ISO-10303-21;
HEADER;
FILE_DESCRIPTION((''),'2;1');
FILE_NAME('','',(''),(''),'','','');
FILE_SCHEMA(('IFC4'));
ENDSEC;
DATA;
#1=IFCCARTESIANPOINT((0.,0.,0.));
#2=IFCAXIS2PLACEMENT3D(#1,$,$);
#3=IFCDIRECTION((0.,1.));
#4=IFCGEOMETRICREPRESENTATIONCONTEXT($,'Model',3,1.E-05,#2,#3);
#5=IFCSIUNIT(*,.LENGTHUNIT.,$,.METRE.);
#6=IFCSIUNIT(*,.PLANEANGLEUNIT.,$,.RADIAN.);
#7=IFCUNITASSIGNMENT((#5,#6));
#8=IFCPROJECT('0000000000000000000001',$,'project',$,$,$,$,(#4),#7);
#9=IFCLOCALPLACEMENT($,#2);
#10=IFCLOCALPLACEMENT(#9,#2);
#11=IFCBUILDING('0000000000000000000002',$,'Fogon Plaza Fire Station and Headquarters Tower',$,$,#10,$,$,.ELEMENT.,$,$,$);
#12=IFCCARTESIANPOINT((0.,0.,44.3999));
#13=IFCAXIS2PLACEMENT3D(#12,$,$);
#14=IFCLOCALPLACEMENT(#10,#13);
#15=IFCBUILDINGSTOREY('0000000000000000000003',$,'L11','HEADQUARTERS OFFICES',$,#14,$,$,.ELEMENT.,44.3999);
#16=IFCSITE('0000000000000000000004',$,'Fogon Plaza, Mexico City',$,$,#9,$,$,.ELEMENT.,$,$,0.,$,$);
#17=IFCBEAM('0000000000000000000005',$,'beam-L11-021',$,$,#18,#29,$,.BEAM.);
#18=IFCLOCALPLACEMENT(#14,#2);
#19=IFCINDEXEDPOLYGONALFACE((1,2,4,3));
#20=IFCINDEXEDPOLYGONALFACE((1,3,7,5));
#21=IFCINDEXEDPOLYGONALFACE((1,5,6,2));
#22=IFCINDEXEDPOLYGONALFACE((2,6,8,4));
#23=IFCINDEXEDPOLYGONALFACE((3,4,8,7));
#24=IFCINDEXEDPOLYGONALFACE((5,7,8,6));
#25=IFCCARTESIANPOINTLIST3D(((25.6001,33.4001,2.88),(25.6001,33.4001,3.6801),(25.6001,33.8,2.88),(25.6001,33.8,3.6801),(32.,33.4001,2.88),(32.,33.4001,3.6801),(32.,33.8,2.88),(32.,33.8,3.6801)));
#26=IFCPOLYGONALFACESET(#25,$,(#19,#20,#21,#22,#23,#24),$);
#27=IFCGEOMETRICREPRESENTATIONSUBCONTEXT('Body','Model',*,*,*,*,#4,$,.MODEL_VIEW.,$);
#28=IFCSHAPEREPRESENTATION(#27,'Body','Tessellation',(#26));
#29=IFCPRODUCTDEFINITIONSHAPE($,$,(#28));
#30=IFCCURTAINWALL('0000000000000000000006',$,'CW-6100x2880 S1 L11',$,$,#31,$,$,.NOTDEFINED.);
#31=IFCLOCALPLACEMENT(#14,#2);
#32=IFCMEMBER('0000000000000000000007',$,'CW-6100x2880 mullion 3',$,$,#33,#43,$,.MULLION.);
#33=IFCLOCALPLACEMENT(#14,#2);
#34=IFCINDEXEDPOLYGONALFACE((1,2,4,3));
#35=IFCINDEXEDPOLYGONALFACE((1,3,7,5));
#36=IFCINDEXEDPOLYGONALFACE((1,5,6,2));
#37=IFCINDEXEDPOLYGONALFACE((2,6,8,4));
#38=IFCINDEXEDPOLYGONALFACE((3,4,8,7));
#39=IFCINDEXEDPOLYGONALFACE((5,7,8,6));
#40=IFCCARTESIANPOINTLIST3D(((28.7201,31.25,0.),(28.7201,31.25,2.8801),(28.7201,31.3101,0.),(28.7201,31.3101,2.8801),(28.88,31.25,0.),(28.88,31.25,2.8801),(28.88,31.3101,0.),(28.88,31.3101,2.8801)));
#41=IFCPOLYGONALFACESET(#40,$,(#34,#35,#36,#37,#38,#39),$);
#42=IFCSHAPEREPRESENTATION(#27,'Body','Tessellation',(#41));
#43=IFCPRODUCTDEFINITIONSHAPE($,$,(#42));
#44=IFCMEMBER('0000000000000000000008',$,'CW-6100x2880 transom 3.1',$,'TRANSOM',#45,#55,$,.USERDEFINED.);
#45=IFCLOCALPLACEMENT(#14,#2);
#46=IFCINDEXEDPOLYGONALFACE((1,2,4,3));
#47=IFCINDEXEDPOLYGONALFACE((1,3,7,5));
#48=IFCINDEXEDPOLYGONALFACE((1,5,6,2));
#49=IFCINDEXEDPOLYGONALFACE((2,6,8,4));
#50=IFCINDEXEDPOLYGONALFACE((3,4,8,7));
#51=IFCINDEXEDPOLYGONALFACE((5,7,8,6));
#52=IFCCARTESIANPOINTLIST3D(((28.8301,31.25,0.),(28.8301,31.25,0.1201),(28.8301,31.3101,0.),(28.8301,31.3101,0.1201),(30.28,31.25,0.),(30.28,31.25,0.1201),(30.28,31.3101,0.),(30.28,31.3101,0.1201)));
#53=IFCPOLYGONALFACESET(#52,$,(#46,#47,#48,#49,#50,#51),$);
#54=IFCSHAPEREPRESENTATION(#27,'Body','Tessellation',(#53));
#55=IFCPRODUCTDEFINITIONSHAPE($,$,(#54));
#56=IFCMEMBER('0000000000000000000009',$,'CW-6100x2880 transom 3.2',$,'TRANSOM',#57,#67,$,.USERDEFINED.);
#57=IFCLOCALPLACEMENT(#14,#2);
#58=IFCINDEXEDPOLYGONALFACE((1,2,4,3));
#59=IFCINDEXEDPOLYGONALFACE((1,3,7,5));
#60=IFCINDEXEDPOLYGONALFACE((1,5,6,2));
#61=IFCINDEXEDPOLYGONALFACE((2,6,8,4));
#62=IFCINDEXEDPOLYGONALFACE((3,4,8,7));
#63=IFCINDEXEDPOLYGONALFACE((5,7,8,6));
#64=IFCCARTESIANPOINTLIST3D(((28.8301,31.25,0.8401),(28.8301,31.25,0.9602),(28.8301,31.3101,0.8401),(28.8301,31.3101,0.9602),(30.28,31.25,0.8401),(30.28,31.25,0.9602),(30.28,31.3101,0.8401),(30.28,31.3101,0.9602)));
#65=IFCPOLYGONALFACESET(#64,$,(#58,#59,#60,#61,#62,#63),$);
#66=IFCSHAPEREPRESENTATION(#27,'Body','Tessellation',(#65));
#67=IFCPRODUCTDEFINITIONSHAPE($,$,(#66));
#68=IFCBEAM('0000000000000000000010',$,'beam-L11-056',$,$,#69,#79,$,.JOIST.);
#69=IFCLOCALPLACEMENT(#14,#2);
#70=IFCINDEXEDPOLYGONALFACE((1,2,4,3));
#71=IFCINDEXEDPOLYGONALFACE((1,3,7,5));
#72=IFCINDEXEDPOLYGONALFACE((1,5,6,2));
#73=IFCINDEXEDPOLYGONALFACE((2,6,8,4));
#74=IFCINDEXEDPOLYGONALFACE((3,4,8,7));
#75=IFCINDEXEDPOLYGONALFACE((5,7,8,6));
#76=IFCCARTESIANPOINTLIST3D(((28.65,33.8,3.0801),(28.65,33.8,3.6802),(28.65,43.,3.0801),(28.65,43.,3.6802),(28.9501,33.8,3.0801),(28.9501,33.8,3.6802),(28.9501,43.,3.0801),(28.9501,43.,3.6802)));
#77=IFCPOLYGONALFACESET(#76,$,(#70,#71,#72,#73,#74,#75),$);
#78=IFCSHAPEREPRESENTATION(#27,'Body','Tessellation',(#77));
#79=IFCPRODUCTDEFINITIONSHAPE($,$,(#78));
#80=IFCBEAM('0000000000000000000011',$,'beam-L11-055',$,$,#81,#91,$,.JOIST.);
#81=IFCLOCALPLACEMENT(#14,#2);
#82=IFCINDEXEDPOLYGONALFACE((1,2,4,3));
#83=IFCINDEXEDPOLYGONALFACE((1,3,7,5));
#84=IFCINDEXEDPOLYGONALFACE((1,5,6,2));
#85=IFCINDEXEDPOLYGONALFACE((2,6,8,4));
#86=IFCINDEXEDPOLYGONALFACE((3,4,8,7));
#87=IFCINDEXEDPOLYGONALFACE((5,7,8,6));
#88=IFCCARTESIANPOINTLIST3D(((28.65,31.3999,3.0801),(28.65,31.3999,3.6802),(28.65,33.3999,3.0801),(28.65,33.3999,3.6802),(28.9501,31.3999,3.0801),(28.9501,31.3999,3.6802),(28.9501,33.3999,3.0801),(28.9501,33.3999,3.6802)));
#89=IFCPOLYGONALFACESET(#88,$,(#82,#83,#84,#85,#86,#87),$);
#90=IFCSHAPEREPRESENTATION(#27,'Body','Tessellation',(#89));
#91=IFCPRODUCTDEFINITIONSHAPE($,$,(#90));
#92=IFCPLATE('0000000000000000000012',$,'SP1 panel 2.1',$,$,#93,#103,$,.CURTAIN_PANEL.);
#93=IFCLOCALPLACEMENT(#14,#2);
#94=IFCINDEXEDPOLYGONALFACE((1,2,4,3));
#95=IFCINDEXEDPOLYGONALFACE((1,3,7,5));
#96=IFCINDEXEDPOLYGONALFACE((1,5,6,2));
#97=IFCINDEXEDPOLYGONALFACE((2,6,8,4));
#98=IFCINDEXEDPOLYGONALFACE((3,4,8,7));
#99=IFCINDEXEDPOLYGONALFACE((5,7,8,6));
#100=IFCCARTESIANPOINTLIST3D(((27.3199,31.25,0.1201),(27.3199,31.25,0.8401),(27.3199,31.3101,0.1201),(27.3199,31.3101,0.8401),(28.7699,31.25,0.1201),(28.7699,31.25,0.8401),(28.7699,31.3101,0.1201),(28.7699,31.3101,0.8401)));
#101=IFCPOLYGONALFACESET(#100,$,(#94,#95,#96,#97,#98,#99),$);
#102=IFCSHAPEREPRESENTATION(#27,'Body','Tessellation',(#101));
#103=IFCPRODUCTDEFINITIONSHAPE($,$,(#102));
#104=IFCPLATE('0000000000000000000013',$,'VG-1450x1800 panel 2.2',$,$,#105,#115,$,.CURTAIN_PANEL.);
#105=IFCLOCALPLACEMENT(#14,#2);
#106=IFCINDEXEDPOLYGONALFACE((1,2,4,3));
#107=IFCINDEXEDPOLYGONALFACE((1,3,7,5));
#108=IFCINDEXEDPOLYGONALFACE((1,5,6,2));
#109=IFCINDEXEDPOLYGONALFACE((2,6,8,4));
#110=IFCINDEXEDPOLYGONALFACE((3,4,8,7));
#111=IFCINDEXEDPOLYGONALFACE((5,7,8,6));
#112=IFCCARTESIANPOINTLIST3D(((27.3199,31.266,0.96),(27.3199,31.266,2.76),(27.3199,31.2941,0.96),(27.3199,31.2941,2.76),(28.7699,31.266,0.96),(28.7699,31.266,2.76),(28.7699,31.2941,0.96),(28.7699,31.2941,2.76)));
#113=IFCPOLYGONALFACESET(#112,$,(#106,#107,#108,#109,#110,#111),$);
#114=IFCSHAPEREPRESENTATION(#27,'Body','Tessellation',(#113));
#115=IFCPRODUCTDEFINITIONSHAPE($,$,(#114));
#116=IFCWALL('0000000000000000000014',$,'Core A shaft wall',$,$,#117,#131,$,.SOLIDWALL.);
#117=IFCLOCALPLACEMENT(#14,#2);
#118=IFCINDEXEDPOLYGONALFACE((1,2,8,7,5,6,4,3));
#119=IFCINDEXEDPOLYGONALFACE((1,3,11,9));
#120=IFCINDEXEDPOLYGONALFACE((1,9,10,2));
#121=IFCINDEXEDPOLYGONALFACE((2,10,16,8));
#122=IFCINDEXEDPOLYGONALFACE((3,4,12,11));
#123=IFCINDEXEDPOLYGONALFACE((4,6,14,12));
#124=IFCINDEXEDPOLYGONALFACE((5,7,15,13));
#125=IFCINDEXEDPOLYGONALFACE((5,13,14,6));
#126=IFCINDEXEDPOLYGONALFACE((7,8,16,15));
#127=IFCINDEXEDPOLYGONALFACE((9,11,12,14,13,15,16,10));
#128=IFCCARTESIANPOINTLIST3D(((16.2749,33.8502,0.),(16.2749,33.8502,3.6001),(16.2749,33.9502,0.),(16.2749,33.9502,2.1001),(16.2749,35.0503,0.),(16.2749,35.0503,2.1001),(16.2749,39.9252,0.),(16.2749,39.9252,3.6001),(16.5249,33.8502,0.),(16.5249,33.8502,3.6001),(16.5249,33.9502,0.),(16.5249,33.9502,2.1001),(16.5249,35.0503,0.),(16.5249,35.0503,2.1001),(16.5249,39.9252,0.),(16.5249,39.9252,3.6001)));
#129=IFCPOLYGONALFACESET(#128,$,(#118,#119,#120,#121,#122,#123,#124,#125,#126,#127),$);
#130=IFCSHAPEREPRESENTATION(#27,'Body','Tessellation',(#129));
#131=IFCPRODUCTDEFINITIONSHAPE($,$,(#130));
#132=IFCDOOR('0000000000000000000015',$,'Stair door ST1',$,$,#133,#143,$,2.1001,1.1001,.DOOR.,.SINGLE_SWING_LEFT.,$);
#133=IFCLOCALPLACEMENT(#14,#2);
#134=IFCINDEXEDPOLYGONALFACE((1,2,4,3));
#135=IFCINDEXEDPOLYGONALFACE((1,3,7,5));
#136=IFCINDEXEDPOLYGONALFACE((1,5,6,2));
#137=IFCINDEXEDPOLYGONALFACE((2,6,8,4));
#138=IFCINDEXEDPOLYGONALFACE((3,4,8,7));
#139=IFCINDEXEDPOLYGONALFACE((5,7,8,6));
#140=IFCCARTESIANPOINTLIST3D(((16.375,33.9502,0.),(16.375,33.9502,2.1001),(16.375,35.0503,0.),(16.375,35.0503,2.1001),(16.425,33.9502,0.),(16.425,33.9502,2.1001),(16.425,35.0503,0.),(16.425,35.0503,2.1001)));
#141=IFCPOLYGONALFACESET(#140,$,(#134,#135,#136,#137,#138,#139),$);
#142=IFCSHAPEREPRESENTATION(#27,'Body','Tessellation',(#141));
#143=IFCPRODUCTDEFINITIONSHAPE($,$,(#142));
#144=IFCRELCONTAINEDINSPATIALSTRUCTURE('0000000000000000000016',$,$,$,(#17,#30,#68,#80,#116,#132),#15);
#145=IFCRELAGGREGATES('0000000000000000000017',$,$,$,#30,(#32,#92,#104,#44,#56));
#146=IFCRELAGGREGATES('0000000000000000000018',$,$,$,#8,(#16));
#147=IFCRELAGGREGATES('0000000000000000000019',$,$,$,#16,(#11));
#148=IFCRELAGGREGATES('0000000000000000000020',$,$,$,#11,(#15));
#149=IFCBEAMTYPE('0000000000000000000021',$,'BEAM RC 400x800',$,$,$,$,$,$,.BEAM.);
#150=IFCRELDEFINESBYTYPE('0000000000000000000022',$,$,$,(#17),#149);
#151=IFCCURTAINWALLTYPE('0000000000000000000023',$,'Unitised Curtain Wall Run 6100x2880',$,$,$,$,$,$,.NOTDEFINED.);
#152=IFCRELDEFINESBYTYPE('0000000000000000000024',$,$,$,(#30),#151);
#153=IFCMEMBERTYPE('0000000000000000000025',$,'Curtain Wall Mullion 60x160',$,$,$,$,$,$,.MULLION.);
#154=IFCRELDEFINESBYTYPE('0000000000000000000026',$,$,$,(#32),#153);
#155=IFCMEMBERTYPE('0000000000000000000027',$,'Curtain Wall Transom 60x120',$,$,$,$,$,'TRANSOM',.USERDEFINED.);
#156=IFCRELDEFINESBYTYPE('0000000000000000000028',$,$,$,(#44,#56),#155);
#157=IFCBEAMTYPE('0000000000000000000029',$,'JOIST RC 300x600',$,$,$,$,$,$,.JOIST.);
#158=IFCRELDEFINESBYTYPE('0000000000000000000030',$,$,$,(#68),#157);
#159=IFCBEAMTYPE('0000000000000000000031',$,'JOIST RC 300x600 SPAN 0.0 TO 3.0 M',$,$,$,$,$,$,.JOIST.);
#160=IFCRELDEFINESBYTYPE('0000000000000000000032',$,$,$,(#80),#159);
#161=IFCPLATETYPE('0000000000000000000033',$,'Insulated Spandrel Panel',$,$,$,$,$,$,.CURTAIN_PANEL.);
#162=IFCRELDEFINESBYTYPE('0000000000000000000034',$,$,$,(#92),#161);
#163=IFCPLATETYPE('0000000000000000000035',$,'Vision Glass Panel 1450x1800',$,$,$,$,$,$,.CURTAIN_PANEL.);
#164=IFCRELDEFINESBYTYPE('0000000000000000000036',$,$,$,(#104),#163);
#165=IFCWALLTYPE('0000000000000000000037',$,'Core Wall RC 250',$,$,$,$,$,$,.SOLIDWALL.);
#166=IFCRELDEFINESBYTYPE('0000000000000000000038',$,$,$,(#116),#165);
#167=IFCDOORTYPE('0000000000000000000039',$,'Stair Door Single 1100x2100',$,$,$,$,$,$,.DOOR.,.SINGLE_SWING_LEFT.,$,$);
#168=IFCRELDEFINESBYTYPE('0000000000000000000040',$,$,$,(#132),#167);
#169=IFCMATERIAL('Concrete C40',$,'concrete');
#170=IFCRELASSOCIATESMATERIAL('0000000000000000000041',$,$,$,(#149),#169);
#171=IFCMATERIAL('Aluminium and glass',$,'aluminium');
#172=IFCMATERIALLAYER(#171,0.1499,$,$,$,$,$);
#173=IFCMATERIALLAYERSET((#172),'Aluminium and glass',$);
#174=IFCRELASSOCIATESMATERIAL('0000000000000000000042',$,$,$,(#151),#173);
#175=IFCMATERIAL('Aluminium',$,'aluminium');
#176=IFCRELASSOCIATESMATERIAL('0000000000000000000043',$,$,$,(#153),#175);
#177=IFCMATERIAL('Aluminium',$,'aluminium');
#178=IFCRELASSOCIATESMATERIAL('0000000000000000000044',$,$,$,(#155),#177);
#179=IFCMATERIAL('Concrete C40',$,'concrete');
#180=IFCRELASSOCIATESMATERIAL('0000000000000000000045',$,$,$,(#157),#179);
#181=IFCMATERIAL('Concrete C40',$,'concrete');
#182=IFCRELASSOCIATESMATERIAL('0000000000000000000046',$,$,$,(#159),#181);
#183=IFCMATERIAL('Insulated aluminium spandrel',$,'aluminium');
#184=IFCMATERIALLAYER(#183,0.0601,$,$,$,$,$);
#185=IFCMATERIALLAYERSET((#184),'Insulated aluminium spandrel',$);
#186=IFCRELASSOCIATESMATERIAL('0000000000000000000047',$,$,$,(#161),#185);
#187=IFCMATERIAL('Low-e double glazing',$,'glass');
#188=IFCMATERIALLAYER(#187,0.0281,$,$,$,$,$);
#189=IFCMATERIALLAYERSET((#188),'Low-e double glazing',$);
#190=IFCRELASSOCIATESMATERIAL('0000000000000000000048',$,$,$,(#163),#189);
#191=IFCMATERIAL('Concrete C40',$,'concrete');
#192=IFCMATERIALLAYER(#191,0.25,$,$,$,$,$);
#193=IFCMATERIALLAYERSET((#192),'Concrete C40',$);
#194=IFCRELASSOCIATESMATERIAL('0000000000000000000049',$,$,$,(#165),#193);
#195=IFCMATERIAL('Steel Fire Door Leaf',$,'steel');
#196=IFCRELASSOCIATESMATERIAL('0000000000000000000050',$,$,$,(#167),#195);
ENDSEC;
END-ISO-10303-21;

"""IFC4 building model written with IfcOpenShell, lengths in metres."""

from ifc_helpers import new_model, si_unit, direction, frame, frame_2d, origin, origin_2d, place, context, subcontext, project, spatial, rectangle, extrude, material, layer, layer_set, material_profile, profile_set, type_object, element, fill, aggregate, save


model = new_model("IFC4")

# Units and contexts
model_context = context("Model", 3, precision=1e-05, world=origin(), true_north=direction((0.0, 1.0)))
body_context = subcontext(model_context, "Body", "Model", "MODEL_VIEW")
ifc_project = project(units=[si_unit("LENGTHUNIT", "METRE"), si_unit("PLANEANGLEUNIT", "RADIAN")], contexts=[model_context])

# Site, building, storey
site_placement = place(None, origin())
site = spatial("IfcSite", under=ifc_project, at=site_placement, Name="Fogon Plaza, Mexico City", CompositionType="ELEMENT", RefElevation=0.0)
building_placement = place(site_placement, origin())
building = spatial("IfcBuilding", under=site, at=building_placement, Name="Fogon Plaza Fire Station and Headquarters Tower", CompositionType="ELEMENT")
storey_placement = place(building_placement, frame((0.0, 0.0, 44.3999)))
storey = spatial("IfcBuildingStorey", under=building, at=storey_placement, Name="L11", Description="HEADQUARTERS OFFICES", CompositionType="ELEMENT", Elevation=44.3999)

# Beam
ifc_material_1 = material(Name="Concrete C40", Category="concrete")
ifc_material_profile_1 = material_profile(ifc_material_1, rectangle(XDim=0.3999, YDim=0.8, at=origin_2d()), Name="RC 400x800")
ifc_profile_set_1 = profile_set([ifc_material_profile_1], Name="Concrete C40")
beam_type_1 = type_object("IfcBeamType", Name="BEAM RC 400x800", PredefinedType="BEAM", material=ifc_profile_set_1)
beam_1_placement = place(storey_placement, frame((25.6001, 33.6001, 3.28), z_axis=(1.0, 0.0, 0.0), x_axis=(0.0, 1.0, 0.0)))
element("IfcBeam", 1, at=beam_1_placement, inside=storey, type_object=beam_type_1, Name="beam-L11-021", PredefinedType="BEAM", context=body_context, shape_type="SweptSolid", body=[
    extrude(rectangle(XDim=0.3999, YDim=0.8, at=origin_2d()), origin(), (0.0, 0.0, 1.0), 6.3999),
])

# Curtain wall, members
ifc_material_2 = material(Name="Aluminium and glass", Category="aluminium")
ifc_layer_1 = layer(ifc_material_2, 0.1499)
ifc_layer_set_1 = layer_set([ifc_layer_1], Name="Aluminium and glass")
curtain_wall_type = type_object("IfcCurtainWallType", Name="Unitised Curtain Wall Run 6100x2880", PredefinedType="NOTDEFINED", material=ifc_layer_set_1)
curtain_wall_placement = place(storey_placement, origin())
curtain_wall = element("IfcCurtainWall", 2, at=curtain_wall_placement, inside=storey, type_object=curtain_wall_type, Name="CW-6100x2880 S1 L11", PredefinedType="NOTDEFINED")
ifc_material_3 = material(Name="Aluminium", Category="aluminium")
ifc_material_profile_2 = material_profile(ifc_material_3, rectangle(XDim=0.0601, YDim=0.1599, at=origin_2d()), Name="Curtain Wall Mullion 60x160")
ifc_profile_set_2 = profile_set([ifc_material_profile_2], Name="Aluminium")
member_type_1 = type_object("IfcMemberType", Name="Curtain Wall Mullion 60x160", PredefinedType="MULLION", material=ifc_profile_set_2)
member_1_placement = place(storey_placement, frame((28.8, 31.28, 0.0), z_axis=(0.0, 0.0, 1.0), x_axis=(0.0, 1.0, 0.0)))
member_1 = element("IfcMember", 3, at=member_1_placement, type_object=member_type_1, Name="CW-6100x2880 mullion 3", PredefinedType="MULLION", context=body_context, shape_type="SweptSolid", body=[
    extrude(rectangle(XDim=0.0601, YDim=0.1599, at=origin_2d()), origin(), (0.0, 0.0, 1.0), 2.8801),
])
ifc_material_4 = material(Name="Aluminium", Category="aluminium")
ifc_material_profile_3 = material_profile(ifc_material_4, rectangle(XDim=0.0601, YDim=0.1201, at=origin_2d()), Name="Curtain Wall Transom 60x120")
ifc_profile_set_3 = profile_set([ifc_material_profile_3], Name="Aluminium")
member_type_2 = type_object("IfcMemberType", Name="Curtain Wall Transom 60x120", ElementType="TRANSOM", PredefinedType="USERDEFINED", material=ifc_profile_set_3)
member_2_placement = place(storey_placement, frame((28.8301, 31.28, 0.0601), z_axis=(1.0, 0.0, 0.0), x_axis=(0.0, 1.0, 0.0)))
member_2 = element("IfcMember", 4, at=member_2_placement, type_object=member_type_2, Name="CW-6100x2880 transom 3.1", ObjectType="TRANSOM", PredefinedType="USERDEFINED", context=body_context, shape_type="SweptSolid", body=[
    extrude(rectangle(XDim=0.0601, YDim=0.1201, at=origin_2d()), origin(), (0.0, 0.0, 1.0), 1.45),
])
member_3_placement = place(storey_placement, frame((28.8301, 31.28, 0.9001), z_axis=(1.0, 0.0, 0.0), x_axis=(0.0, 1.0, 0.0)))
member_3 = element("IfcMember", 5, at=member_3_placement, type_object=member_type_2, Name="CW-6100x2880 transom 3.2", ObjectType="TRANSOM", PredefinedType="USERDEFINED", context=body_context, shape_type="SweptSolid", body=[
    extrude(rectangle(XDim=0.0601, YDim=0.1201, at=origin_2d()), origin(), (0.0, 0.0, 1.0), 1.45),
])

# Beams
ifc_material_5 = material(Name="Concrete C40", Category="concrete")
ifc_material_profile_4 = material_profile(ifc_material_5, rectangle(XDim=0.3, YDim=0.6001, at=origin_2d()), Name="RC 300x600")
ifc_profile_set_4 = profile_set([ifc_material_profile_4], Name="Concrete C40")
beam_type_2 = type_object("IfcBeamType", Name="JOIST RC 300x600", PredefinedType="JOIST", material=ifc_profile_set_4)
beam_2_placement = place(storey_placement, frame((28.8, 33.8, 3.3801), z_axis=(0.0, 1.0, 0.0), x_axis=(-1.0, 0.0, 0.0)))
element("IfcBeam", 6, at=beam_2_placement, inside=storey, type_object=beam_type_2, Name="beam-L11-056", PredefinedType="JOIST", context=body_context, shape_type="SweptSolid", body=[
    extrude(rectangle(XDim=0.3, YDim=0.6001, at=origin_2d()), origin(), (0.0, 0.0, 1.0), 9.2),
])
ifc_material_6 = material(Name="Concrete C40", Category="concrete")
ifc_material_profile_5 = material_profile(ifc_material_6, rectangle(XDim=0.3, YDim=0.6001, at=origin_2d()), Name="RC 300x600")
ifc_profile_set_5 = profile_set([ifc_material_profile_5], Name="Concrete C40")
beam_type_3 = type_object("IfcBeamType", Name="JOIST RC 300x600 SPAN 0.0 TO 3.0 M", PredefinedType="JOIST", material=ifc_profile_set_5)
beam_3_placement = place(storey_placement, frame((28.8, 31.3999, 3.3801), z_axis=(0.0, 1.0, 0.0), x_axis=(-1.0, 0.0, 0.0)))
element("IfcBeam", 7, at=beam_3_placement, inside=storey, type_object=beam_type_3, Name="beam-L11-055", PredefinedType="JOIST", context=body_context, shape_type="SweptSolid", body=[
    extrude(rectangle(XDim=0.3, YDim=0.6001, at=origin_2d()), origin(), (0.0, 0.0, 1.0), 2.0),
])

# Plates
ifc_material_7 = material(Name="Insulated aluminium spandrel", Category="aluminium")
ifc_layer_2 = layer(ifc_material_7, 0.0601)
ifc_layer_set_2 = layer_set([ifc_layer_2], Name="Insulated aluminium spandrel")
plate_type_1 = type_object("IfcPlateType", Name="Insulated Spandrel Panel", PredefinedType="CURTAIN_PANEL", material=ifc_layer_set_2)
plate_1_placement = place(storey_placement, frame((28.0449, 31.28, 0.1201), z_axis=(0.0, 0.0, 1.0), x_axis=(1.0, 0.0, 0.0)))
plate_1 = element("IfcPlate", 8, at=plate_1_placement, type_object=plate_type_1, Name="SP1 panel 2.1", PredefinedType="CURTAIN_PANEL", context=body_context, shape_type="SweptSolid", body=[
    extrude(rectangle(XDim=1.45, YDim=0.0601, at=origin_2d()), origin(), (0.0, 0.0, 1.0), 0.72),
])
ifc_material_8 = material(Name="Low-e double glazing", Category="glass")
ifc_layer_3 = layer(ifc_material_8, 0.0281)
ifc_layer_set_3 = layer_set([ifc_layer_3], Name="Low-e double glazing")
plate_type_2 = type_object("IfcPlateType", Name="Vision Glass Panel 1450x1800", PredefinedType="CURTAIN_PANEL", material=ifc_layer_set_3)
plate_2_placement = place(storey_placement, frame((28.0449, 31.28, 0.96), z_axis=(0.0, 0.0, 1.0), x_axis=(1.0, 0.0, 0.0)))
plate_2 = element("IfcPlate", 9, at=plate_2_placement, type_object=plate_type_2, Name="VG-1450x1800 panel 2.2", PredefinedType="CURTAIN_PANEL", context=body_context, shape_type="SweptSolid", body=[
    extrude(rectangle(XDim=1.45, YDim=0.0281, at=origin_2d()), origin(), (0.0, 0.0, 1.0), 1.8),
])
aggregate(curtain_wall, [member_1, plate_1, plate_2, member_2, member_3])

# Wall, opening, door
ifc_material_9 = material(Name="Concrete C40", Category="concrete")
ifc_layer_4 = layer(ifc_material_9, 0.25)
ifc_layer_set_4 = layer_set([ifc_layer_4], Name="Concrete C40")
wall_type_1 = type_object("IfcWallType", Name="Core Wall RC 250", PredefinedType="SOLIDWALL", material=ifc_layer_set_4)
wall_1_placement = place(storey_placement, frame((16.3999, 33.8501, 0.0), z_axis=(0.0, 0.0, 1.0), x_axis=(0.0, 1.0, 0.0)))
wall_1 = element("IfcWall", 10, at=wall_1_placement, inside=storey, type_object=wall_type_1, Name="Core A shaft wall", PredefinedType="SOLIDWALL", context=body_context, shape_type="SweptSolid", body=[
    extrude(rectangle(XDim=6.075, YDim=0.25, at=frame_2d((3.0376, 0.0))), origin(), (0.0, 0.0, 1.0), 3.6001),
])
opening_1_placement = place(wall_1_placement, frame((0.1001, 0.0, 0.0)))
opening_1 = element("IfcOpeningElement", 11, at=opening_1_placement, cuts=wall_1, PredefinedType="OPENING", context=body_context, shape_type="SweptSolid", body=[
    extrude(rectangle(XDim=1.1001, YDim=2.1001, at=frame_2d((0.55, 1.05))), frame((0.0, 0.135, 0.0), z_axis=(0.0, -1.0, 0.0), x_axis=(1.0, 0.0, 0.0)), (0.0, 0.0, 1.0), 0.27),
])
ifc_material_10 = material(Name="Steel Fire Door Leaf", Category="steel")
door_type_1 = type_object("IfcDoorType", Name="Stair Door Single 1100x2100", OperationType="SINGLE_SWING_LEFT", PredefinedType="DOOR", material=ifc_material_10)
door_1_placement = place(opening_1_placement, origin())
door_1 = element("IfcDoor", 12, at=door_1_placement, inside=storey, type_object=door_type_1, Name="Stair door ST1", OperationType="SINGLE_SWING_LEFT", OverallHeight=2.1001, OverallWidth=1.1001, PredefinedType="DOOR", context=body_context, shape_type="SweptSolid", body=[
    extrude(rectangle(XDim=1.1001, YDim=2.1001, at=frame_2d((0.55, 1.05))), frame((0.0, 0.0249, 0.0), z_axis=(0.0, -1.0, 0.0), x_axis=(1.0, 0.0, 0.0)), (0.0, 0.0, 1.0), 0.05),
])
fill(opening_1, door_1)

save(model, "model.ifc")
